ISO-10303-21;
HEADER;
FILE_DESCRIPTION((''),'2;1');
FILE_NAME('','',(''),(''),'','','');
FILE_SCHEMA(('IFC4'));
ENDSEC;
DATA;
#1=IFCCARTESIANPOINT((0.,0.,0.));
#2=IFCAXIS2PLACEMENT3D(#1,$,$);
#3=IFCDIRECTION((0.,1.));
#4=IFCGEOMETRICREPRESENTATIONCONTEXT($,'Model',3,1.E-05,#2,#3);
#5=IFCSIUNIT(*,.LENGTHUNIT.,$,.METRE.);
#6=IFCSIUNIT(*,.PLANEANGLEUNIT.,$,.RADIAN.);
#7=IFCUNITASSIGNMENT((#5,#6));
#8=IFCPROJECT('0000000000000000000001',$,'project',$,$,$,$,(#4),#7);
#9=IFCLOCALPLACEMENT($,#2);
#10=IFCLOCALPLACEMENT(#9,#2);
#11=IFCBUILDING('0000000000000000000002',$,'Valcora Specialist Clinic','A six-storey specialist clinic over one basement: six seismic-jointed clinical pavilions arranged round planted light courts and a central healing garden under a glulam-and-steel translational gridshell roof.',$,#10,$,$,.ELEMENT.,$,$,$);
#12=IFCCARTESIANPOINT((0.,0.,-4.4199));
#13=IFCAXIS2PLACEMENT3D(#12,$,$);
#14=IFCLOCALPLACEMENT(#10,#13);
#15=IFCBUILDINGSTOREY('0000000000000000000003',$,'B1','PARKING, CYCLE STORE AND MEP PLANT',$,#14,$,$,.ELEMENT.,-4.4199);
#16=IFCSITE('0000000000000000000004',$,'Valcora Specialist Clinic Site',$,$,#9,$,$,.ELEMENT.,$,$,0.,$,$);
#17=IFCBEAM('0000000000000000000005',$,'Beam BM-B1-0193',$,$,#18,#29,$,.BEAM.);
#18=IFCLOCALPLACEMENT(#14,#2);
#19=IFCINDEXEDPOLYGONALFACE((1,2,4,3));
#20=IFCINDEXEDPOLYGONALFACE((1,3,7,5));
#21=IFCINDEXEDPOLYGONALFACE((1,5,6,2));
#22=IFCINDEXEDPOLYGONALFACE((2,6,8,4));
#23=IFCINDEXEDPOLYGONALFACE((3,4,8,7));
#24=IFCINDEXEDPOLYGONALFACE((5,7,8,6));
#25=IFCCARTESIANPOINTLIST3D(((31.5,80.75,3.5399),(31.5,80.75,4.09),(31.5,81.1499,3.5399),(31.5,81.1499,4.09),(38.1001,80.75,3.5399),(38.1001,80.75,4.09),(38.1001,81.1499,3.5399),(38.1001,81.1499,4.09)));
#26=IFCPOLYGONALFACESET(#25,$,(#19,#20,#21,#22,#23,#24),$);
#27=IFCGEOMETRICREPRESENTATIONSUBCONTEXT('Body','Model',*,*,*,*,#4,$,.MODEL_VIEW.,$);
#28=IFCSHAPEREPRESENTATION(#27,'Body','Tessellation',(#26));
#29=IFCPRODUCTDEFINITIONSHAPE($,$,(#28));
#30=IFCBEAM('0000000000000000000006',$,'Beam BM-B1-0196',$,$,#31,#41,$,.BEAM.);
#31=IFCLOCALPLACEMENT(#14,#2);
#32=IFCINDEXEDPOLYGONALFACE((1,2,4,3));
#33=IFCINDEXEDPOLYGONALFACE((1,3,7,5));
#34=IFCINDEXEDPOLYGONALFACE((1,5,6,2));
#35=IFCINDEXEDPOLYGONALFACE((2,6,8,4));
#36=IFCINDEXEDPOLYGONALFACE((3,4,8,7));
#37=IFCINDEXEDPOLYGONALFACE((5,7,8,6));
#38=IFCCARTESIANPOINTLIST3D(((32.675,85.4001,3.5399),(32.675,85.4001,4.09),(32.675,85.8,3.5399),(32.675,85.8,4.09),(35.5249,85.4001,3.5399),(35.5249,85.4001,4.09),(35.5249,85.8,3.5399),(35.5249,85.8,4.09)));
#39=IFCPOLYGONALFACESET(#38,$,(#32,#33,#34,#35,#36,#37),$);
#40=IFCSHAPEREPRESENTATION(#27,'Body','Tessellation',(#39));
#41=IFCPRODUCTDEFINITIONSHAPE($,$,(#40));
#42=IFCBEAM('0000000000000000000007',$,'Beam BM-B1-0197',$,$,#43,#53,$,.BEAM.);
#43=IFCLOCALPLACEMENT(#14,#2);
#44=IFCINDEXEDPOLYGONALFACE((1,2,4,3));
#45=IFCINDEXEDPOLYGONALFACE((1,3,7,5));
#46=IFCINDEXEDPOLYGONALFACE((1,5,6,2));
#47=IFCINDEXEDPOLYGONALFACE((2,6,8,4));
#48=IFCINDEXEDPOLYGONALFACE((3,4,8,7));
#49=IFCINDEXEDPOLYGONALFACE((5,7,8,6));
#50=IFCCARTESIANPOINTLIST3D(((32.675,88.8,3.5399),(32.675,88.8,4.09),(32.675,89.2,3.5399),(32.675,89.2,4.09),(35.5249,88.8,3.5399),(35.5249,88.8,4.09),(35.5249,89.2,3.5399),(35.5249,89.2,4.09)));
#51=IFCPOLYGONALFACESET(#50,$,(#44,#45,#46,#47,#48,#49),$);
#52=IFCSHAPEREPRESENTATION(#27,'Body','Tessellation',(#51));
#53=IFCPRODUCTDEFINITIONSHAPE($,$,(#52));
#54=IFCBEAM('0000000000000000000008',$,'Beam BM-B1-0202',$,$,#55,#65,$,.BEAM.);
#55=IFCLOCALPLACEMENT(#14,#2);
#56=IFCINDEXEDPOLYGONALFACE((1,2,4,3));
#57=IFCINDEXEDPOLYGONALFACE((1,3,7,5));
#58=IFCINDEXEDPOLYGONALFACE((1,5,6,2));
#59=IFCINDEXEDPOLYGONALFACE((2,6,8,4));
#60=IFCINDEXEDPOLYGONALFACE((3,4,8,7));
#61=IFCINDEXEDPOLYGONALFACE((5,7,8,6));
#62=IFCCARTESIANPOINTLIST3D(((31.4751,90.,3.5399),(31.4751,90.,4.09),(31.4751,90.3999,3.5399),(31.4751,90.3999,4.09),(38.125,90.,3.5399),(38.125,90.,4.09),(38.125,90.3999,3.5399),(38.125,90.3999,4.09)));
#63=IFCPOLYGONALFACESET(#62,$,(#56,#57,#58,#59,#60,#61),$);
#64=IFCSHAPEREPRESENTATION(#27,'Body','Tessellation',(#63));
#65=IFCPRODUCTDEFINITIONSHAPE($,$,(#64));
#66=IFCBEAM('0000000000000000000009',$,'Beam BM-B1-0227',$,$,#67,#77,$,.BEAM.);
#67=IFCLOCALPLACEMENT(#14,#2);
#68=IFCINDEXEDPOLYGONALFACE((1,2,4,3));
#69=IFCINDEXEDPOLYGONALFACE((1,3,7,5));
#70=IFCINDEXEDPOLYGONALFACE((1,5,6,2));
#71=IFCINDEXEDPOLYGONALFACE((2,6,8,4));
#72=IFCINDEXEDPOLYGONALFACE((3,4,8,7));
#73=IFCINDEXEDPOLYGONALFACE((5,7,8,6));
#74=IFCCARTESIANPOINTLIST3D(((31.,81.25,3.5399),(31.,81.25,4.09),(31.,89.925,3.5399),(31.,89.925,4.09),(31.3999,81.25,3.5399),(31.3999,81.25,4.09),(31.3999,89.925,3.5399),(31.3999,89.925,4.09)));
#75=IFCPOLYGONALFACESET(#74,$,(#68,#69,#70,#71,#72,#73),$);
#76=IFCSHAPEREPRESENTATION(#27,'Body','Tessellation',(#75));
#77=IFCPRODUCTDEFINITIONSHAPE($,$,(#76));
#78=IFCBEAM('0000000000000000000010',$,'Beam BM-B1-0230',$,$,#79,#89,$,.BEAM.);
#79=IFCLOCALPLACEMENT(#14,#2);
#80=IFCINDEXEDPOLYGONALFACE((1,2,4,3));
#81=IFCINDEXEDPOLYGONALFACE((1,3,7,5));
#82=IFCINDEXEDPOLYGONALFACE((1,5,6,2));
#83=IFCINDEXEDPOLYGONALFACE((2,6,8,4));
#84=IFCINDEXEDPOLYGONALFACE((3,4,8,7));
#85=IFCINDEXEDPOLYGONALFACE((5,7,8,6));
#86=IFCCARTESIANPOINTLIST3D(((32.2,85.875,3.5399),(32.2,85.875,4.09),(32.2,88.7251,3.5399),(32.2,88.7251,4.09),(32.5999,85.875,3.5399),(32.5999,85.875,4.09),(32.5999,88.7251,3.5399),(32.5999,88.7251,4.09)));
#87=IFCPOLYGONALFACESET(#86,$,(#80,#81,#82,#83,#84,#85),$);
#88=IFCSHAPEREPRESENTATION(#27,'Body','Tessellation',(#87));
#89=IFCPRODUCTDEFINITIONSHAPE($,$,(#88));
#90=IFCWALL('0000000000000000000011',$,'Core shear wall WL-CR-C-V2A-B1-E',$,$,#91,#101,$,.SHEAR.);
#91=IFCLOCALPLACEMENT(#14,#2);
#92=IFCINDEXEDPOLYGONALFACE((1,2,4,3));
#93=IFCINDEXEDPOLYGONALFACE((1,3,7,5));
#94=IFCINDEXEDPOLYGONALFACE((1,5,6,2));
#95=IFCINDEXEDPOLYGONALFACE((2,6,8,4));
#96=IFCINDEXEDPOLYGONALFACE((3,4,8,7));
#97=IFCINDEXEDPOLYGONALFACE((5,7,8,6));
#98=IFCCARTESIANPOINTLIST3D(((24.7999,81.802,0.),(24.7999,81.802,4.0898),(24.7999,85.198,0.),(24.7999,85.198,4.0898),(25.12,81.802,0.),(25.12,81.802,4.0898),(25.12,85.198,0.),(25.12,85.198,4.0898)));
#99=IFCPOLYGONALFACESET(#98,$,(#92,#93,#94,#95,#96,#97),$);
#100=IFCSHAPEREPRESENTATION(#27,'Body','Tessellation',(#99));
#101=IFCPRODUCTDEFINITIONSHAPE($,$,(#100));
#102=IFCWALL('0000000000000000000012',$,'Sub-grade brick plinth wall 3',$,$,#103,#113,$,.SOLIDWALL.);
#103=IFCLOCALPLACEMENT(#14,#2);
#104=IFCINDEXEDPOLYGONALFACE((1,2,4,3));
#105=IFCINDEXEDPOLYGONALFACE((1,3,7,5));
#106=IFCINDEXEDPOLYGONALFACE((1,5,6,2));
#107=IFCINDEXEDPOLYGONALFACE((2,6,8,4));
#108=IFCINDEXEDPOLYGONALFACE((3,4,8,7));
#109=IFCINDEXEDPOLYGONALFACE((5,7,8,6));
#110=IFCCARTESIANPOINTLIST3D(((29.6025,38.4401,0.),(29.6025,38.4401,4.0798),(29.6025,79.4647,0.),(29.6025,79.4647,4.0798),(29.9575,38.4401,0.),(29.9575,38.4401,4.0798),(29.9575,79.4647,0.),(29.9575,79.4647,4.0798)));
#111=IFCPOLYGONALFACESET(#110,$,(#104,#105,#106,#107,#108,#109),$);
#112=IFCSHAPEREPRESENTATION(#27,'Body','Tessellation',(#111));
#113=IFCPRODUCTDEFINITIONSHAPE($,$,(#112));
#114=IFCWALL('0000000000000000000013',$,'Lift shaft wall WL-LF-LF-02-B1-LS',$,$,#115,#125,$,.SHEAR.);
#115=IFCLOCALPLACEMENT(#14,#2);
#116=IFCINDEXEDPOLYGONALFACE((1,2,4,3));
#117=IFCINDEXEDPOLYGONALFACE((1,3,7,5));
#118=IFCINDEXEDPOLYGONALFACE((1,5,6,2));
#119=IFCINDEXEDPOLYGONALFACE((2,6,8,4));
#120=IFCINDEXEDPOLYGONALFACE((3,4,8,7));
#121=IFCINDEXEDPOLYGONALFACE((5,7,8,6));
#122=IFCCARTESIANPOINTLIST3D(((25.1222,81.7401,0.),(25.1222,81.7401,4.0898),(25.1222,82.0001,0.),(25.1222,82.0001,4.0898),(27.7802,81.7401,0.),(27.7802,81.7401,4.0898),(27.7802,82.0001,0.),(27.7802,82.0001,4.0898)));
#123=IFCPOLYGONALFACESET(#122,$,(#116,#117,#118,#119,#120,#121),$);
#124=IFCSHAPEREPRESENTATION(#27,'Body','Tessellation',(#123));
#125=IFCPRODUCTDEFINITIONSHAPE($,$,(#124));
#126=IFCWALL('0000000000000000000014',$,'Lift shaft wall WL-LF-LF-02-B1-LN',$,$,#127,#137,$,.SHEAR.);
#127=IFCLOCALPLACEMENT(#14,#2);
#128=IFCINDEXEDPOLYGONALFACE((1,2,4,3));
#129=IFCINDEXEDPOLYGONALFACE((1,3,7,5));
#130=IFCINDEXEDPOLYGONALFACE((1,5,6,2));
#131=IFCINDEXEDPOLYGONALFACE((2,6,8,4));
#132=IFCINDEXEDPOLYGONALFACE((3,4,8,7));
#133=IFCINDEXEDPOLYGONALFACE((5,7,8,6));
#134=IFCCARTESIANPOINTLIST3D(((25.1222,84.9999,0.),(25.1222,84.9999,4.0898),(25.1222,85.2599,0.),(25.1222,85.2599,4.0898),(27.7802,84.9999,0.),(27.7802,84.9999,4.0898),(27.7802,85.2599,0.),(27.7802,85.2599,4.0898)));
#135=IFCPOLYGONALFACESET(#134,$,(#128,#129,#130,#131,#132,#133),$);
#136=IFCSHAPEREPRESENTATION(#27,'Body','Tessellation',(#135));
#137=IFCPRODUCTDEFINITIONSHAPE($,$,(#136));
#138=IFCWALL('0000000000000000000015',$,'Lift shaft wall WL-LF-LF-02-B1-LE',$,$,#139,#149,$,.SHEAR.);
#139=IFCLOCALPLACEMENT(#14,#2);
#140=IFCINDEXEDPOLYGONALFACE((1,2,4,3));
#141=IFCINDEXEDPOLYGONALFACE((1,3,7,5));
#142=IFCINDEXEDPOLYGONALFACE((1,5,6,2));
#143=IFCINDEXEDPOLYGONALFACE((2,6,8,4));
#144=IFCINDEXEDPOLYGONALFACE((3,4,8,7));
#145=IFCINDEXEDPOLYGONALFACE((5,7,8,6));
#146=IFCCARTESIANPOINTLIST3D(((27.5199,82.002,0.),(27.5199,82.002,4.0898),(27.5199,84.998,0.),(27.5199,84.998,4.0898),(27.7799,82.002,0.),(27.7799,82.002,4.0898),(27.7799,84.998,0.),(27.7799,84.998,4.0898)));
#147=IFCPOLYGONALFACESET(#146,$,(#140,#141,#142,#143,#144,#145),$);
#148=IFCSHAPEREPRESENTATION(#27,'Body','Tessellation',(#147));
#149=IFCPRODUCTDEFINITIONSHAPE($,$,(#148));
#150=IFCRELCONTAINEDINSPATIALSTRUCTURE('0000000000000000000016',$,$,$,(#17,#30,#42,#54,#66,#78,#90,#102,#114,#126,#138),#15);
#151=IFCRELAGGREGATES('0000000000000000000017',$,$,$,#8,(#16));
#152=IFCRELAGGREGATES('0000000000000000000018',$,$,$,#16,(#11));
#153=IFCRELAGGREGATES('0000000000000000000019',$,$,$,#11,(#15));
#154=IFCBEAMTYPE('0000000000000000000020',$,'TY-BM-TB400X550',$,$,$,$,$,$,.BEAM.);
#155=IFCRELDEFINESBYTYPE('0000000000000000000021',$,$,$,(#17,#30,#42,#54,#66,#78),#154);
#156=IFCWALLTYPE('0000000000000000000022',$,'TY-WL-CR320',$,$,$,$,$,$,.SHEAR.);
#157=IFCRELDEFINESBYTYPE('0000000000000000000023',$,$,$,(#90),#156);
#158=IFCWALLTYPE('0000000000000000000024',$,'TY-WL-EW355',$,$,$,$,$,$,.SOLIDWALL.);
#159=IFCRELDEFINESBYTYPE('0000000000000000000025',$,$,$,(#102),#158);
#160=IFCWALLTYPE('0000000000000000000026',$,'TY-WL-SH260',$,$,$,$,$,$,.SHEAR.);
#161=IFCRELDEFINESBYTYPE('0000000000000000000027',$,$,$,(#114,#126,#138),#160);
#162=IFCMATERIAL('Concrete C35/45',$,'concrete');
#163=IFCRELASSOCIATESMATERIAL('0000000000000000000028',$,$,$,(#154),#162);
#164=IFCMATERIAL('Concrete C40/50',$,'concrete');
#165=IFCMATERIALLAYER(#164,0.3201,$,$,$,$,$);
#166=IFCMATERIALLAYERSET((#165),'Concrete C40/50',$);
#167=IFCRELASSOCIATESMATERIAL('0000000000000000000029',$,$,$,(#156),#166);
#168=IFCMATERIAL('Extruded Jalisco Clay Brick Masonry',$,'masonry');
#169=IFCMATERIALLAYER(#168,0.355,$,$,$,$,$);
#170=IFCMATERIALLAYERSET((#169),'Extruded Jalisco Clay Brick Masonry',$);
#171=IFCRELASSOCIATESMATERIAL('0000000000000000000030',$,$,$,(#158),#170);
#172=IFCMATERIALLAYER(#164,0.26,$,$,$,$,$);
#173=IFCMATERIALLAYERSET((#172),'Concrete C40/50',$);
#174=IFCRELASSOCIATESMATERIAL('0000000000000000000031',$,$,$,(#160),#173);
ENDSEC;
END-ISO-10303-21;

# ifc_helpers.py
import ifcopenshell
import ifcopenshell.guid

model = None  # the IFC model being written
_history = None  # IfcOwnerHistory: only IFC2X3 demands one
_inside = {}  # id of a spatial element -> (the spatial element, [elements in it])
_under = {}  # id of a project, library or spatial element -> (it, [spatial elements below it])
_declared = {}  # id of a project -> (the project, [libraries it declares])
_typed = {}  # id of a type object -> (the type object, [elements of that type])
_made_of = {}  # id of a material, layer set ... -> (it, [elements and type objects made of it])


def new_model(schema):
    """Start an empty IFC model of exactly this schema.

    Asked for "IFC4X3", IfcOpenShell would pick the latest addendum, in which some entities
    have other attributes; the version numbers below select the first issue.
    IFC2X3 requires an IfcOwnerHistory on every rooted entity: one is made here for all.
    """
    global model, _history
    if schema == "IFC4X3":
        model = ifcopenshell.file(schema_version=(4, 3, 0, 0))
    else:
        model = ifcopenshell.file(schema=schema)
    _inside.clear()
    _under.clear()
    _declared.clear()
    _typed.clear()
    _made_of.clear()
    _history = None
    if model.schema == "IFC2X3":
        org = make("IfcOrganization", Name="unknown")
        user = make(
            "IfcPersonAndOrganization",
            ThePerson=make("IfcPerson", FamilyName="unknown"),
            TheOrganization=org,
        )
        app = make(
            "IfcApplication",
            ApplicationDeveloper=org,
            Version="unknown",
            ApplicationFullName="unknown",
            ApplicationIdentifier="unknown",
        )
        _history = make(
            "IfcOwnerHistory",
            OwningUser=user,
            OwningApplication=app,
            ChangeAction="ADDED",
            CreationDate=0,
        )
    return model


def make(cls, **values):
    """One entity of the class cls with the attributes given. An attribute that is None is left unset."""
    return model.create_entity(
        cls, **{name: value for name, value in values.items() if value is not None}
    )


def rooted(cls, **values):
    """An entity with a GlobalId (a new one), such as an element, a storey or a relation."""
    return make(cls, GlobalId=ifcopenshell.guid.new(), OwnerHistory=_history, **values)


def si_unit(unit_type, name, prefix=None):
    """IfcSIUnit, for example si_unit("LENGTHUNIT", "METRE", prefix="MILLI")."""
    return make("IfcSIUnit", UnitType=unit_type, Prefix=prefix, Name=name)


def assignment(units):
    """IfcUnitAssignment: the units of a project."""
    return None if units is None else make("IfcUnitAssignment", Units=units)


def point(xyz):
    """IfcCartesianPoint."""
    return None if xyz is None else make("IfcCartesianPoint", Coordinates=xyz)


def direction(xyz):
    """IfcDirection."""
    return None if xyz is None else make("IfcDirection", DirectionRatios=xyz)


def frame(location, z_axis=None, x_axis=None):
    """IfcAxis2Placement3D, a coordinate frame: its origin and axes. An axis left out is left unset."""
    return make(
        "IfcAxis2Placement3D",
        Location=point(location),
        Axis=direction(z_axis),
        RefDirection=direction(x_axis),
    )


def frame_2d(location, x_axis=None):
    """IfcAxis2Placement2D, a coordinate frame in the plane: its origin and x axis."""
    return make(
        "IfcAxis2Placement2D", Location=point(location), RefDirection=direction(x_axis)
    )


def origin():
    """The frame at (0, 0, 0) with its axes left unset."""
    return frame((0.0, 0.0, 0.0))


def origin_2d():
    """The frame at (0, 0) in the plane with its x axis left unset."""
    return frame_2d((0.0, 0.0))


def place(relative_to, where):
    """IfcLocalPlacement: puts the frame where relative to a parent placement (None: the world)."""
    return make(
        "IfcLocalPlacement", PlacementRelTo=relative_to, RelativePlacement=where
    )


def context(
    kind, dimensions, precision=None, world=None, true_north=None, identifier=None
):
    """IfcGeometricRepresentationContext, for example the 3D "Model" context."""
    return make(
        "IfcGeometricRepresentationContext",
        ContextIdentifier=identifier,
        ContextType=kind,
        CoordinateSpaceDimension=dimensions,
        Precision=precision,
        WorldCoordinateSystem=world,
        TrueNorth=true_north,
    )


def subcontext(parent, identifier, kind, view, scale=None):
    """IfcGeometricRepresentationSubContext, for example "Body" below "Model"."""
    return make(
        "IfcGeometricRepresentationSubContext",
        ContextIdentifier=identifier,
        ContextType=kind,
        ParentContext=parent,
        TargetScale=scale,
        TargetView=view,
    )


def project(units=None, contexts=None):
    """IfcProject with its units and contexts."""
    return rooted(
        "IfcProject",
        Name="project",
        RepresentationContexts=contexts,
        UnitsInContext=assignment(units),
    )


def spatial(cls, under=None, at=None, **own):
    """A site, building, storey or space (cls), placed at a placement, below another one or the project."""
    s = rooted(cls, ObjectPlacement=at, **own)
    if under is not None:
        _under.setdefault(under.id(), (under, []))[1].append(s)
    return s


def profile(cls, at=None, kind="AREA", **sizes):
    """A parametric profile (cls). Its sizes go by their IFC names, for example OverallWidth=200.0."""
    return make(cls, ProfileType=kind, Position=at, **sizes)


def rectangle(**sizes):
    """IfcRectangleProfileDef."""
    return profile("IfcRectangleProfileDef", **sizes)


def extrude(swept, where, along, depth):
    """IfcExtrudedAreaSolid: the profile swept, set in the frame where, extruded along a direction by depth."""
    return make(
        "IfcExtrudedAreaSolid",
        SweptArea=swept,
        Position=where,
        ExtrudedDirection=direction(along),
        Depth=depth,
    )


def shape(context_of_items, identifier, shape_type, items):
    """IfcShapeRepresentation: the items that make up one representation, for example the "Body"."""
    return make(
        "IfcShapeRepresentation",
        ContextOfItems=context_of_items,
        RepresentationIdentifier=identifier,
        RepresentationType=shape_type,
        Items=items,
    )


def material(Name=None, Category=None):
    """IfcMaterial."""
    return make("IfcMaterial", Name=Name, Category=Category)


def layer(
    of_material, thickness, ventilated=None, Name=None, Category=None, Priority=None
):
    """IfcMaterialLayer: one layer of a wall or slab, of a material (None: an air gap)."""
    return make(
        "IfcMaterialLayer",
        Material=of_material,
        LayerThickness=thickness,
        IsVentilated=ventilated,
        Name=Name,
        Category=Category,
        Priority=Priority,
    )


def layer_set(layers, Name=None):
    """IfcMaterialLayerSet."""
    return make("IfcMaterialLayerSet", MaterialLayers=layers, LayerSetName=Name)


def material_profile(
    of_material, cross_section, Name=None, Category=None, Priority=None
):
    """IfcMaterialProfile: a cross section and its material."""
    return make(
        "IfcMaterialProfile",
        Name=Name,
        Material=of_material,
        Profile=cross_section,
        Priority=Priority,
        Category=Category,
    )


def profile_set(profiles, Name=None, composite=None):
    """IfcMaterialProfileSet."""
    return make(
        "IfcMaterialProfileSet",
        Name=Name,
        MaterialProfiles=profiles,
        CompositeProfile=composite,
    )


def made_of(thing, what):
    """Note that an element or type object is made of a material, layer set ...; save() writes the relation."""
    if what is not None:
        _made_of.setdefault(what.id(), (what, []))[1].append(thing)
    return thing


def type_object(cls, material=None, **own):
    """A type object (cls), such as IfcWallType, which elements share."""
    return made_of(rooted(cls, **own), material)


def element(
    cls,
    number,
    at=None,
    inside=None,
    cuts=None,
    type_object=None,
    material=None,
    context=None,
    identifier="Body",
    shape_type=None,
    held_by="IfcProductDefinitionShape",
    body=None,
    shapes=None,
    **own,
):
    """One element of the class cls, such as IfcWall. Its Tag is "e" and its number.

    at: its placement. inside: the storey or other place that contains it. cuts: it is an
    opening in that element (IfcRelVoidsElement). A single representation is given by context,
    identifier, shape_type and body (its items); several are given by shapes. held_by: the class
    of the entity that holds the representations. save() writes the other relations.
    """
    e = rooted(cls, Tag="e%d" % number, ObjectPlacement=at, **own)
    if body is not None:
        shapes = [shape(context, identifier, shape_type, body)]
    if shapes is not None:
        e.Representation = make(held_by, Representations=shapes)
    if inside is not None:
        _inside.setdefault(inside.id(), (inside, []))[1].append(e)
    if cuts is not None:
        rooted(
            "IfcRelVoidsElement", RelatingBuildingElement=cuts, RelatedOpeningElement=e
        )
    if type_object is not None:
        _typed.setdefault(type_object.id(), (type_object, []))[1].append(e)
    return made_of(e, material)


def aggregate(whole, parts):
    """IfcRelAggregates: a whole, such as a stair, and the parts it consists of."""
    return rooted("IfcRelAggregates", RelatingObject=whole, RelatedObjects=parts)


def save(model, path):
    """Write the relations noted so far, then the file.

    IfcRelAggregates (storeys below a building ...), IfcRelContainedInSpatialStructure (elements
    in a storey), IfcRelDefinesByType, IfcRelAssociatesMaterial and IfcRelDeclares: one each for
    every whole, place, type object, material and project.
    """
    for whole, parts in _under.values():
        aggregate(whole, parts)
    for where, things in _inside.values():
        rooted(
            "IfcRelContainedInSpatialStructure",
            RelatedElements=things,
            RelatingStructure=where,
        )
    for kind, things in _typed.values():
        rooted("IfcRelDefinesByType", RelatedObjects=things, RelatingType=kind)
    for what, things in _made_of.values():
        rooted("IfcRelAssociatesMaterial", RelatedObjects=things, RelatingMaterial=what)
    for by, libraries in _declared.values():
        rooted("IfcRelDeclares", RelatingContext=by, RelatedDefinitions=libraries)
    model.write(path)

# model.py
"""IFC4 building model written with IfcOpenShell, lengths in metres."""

from ifc_helpers import new_model, si_unit, direction, frame, frame_2d, origin, origin_2d, place, context, subcontext, project, spatial, rectangle, extrude, material, layer, layer_set, material_profile, profile_set, type_object, element, save


model = new_model("IFC4")

# Units and contexts
model_context = context("Model", 3, precision=1e-05, world=origin(), true_north=direction((0.0, 1.0)))
body_context = subcontext(model_context, "Body", "Model", "MODEL_VIEW")
ifc_project = project(units=[si_unit("LENGTHUNIT", "METRE"), si_unit("PLANEANGLEUNIT", "RADIAN")], contexts=[model_context])

# Site, building, storey
site_placement = place(None, origin())
site = spatial("IfcSite", under=ifc_project, at=site_placement, Name="Valcora Specialist Clinic Site", CompositionType="ELEMENT", RefElevation=0.0)
building_placement = place(site_placement, origin())
building = spatial("IfcBuilding", under=site, at=building_placement, Name="Valcora Specialist Clinic", Description="A six-storey specialist clinic over one basement: six seismic-jointed clinical pavilions arranged round planted light courts and a central healing garden under a glulam-and-steel translational gridshell roof.", CompositionType="ELEMENT")
storey_placement = place(building_placement, frame((0.0, 0.0, -4.4199)))
storey = spatial("IfcBuildingStorey", under=building, at=storey_placement, Name="B1", Description="PARKING, CYCLE STORE AND MEP PLANT", CompositionType="ELEMENT", Elevation=-4.4199)

# Shared definitions
ifc_material_1 = material(Name="Concrete C35/45", Category="concrete")

# Shared definitions
ifc_material_2 = material(Name="Concrete C40/50", Category="concrete")

# Beams
ifc_material_profile_1 = material_profile(ifc_material_1, rectangle(XDim=0.3999, YDim=0.55, at=origin_2d()), Name="RC-TB-400X550")
ifc_profile_set_1 = profile_set([ifc_material_profile_1], Name="Concrete C35/45")
beam_type = type_object("IfcBeamType", Name="TY-BM-TB400X550", PredefinedType="BEAM", material=ifc_profile_set_1)
beam_1_placement = place(storey_placement, frame((31.5, 80.95, 3.8149), z_axis=(1.0, 0.0, 0.0), x_axis=(0.0, 1.0, 0.0)))
element("IfcBeam", 1, at=beam_1_placement, inside=storey, type_object=beam_type, Name="Beam BM-B1-0193", PredefinedType="BEAM", context=body_context, shape_type="SweptSolid", body=[
    extrude(rectangle(XDim=0.3999, YDim=0.55, at=origin_2d()), origin(), (0.0, 0.0, 1.0), 6.6001),
])
for number, where, z_axis, x_axis, name in (
    (2, (32.675, 85.6001, 3.8149), (1.0, 0.0, 0.0), (0.0, 1.0, 0.0), "Beam BM-B1-0196"),
    (3, (32.675, 89.0, 3.8149), (1.0, 0.0, 0.0), (0.0, 1.0, 0.0), "Beam BM-B1-0197"),
):
    element("IfcBeam", number, at=place(storey_placement, frame(where, z_axis=z_axis, x_axis=x_axis)), inside=storey, type_object=beam_type, Name=name, PredefinedType="BEAM", context=body_context, shape_type="SweptSolid", body=[
        extrude(rectangle(XDim=0.3999, YDim=0.55, at=origin_2d()), origin(), (0.0, 0.0, 1.0), 2.8499),
    ])
beam_2_placement = place(storey_placement, frame((31.4751, 90.2, 3.8149), z_axis=(1.0, 0.0, 0.0), x_axis=(0.0, 1.0, 0.0)))
element("IfcBeam", 4, at=beam_2_placement, inside=storey, type_object=beam_type, Name="Beam BM-B1-0202", PredefinedType="BEAM", context=body_context, shape_type="SweptSolid", body=[
    extrude(rectangle(XDim=0.3999, YDim=0.55, at=origin_2d()), origin(), (0.0, 0.0, 1.0), 6.6499),
])
beam_3_placement = place(storey_placement, frame((31.2, 81.25, 3.8149), z_axis=(0.0, 1.0, 0.0), x_axis=(-1.0, 0.0, 0.0)))
element("IfcBeam", 5, at=beam_3_placement, inside=storey, type_object=beam_type, Name="Beam BM-B1-0227", PredefinedType="BEAM", context=body_context, shape_type="SweptSolid", body=[
    extrude(rectangle(XDim=0.3999, YDim=0.55, at=origin_2d()), origin(), (0.0, 0.0, 1.0), 8.675),
])
beam_4_placement = place(storey_placement, frame((32.3999, 85.875, 3.8149), z_axis=(0.0, 1.0, 0.0), x_axis=(-1.0, 0.0, 0.0)))
element("IfcBeam", 6, at=beam_4_placement, inside=storey, type_object=beam_type, Name="Beam BM-B1-0230", PredefinedType="BEAM", context=body_context, shape_type="SweptSolid", body=[
    extrude(rectangle(XDim=0.3999, YDim=0.55, at=origin_2d()), origin(), (0.0, 0.0, 1.0), 2.8501),
])

# Walls
ifc_layer_1 = layer(ifc_material_2, 0.3201)
ifc_layer_set_1 = layer_set([ifc_layer_1], Name="Concrete C40/50")
wall_type_1 = type_object("IfcWallType", Name="TY-WL-CR320", PredefinedType="SHEAR", material=ifc_layer_set_1)
wall_1_placement = place(storey_placement, frame((24.96, 81.802, 0.0), z_axis=(0.0, 0.0, 1.0), x_axis=(0.0, 1.0, 0.0)))
element("IfcWall", 7, at=wall_1_placement, inside=storey, type_object=wall_type_1, Name="Core shear wall WL-CR-C-V2A-B1-E", PredefinedType="SHEAR", context=body_context, shape_type="SweptSolid", body=[
    extrude(rectangle(XDim=3.396, YDim=0.3201, at=frame_2d((1.698, 0.0))), origin(), (0.0, 0.0, 1.0), 4.0898),
])
ifc_material_3 = material(Name="Extruded Jalisco Clay Brick Masonry", Category="masonry")
ifc_layer_2 = layer(ifc_material_3, 0.355)
ifc_layer_set_2 = layer_set([ifc_layer_2], Name="Extruded Jalisco Clay Brick Masonry")
wall_type_2 = type_object("IfcWallType", Name="TY-WL-EW355", PredefinedType="SOLIDWALL", material=ifc_layer_set_2)
wall_2_placement = place(storey_placement, frame((29.78, 79.4646, 0.0), z_axis=(0.0, 0.0, 1.0), x_axis=(0.0, -1.0, 0.0)))
element("IfcWall", 8, at=wall_2_placement, inside=storey, type_object=wall_type_2, Name="Sub-grade brick plinth wall 3", PredefinedType="SOLIDWALL", context=body_context, shape_type="SweptSolid", body=[
    extrude(rectangle(XDim=41.0247, YDim=0.355, at=frame_2d((20.5122, 0.0))), origin(), (0.0, 0.0, 1.0), 4.0798),
])
ifc_layer_3 = layer(ifc_material_2, 0.26)
ifc_layer_set_3 = layer_set([ifc_layer_3], Name="Concrete C40/50")
wall_type_3 = type_object("IfcWallType", Name="TY-WL-SH260", PredefinedType="SHEAR", material=ifc_layer_set_3)
for number, where, z_axis, x_axis, name in (
    (9, (25.1221, 81.8701, 0.0), (0.0, 0.0, 1.0), (1.0, 0.0, 0.0), "Lift shaft wall WL-LF-LF-02-B1-LS"),
    (10, (25.1221, 85.1299, 0.0), (0.0, 0.0, 1.0), (1.0, 0.0, 0.0), "Lift shaft wall WL-LF-LF-02-B1-LN"),
):
    element("IfcWall", number, at=place(storey_placement, frame(where, z_axis=z_axis, x_axis=x_axis)), inside=storey, type_object=wall_type_3, Name=name, PredefinedType="SHEAR", context=body_context, shape_type="SweptSolid", body=[
        extrude(rectangle(XDim=2.658, YDim=0.26, at=frame_2d((1.3291, 0.0))), origin(), (0.0, 0.0, 1.0), 4.0898),
    ])
wall_3_placement = place(storey_placement, frame((27.6499, 82.002, 0.0), z_axis=(0.0, 0.0, 1.0), x_axis=(0.0, 1.0, 0.0)))
element("IfcWall", 11, at=wall_3_placement, inside=storey, type_object=wall_type_3, Name="Lift shaft wall WL-LF-LF-02-B1-LE", PredefinedType="SHEAR", context=body_context, shape_type="SweptSolid", body=[
    extrude(rectangle(XDim=2.9961, YDim=0.26, at=frame_2d((1.498, 0.0))), origin(), (0.0, 0.0, 1.0), 4.0898),
])

save(model, "model.ifc")
